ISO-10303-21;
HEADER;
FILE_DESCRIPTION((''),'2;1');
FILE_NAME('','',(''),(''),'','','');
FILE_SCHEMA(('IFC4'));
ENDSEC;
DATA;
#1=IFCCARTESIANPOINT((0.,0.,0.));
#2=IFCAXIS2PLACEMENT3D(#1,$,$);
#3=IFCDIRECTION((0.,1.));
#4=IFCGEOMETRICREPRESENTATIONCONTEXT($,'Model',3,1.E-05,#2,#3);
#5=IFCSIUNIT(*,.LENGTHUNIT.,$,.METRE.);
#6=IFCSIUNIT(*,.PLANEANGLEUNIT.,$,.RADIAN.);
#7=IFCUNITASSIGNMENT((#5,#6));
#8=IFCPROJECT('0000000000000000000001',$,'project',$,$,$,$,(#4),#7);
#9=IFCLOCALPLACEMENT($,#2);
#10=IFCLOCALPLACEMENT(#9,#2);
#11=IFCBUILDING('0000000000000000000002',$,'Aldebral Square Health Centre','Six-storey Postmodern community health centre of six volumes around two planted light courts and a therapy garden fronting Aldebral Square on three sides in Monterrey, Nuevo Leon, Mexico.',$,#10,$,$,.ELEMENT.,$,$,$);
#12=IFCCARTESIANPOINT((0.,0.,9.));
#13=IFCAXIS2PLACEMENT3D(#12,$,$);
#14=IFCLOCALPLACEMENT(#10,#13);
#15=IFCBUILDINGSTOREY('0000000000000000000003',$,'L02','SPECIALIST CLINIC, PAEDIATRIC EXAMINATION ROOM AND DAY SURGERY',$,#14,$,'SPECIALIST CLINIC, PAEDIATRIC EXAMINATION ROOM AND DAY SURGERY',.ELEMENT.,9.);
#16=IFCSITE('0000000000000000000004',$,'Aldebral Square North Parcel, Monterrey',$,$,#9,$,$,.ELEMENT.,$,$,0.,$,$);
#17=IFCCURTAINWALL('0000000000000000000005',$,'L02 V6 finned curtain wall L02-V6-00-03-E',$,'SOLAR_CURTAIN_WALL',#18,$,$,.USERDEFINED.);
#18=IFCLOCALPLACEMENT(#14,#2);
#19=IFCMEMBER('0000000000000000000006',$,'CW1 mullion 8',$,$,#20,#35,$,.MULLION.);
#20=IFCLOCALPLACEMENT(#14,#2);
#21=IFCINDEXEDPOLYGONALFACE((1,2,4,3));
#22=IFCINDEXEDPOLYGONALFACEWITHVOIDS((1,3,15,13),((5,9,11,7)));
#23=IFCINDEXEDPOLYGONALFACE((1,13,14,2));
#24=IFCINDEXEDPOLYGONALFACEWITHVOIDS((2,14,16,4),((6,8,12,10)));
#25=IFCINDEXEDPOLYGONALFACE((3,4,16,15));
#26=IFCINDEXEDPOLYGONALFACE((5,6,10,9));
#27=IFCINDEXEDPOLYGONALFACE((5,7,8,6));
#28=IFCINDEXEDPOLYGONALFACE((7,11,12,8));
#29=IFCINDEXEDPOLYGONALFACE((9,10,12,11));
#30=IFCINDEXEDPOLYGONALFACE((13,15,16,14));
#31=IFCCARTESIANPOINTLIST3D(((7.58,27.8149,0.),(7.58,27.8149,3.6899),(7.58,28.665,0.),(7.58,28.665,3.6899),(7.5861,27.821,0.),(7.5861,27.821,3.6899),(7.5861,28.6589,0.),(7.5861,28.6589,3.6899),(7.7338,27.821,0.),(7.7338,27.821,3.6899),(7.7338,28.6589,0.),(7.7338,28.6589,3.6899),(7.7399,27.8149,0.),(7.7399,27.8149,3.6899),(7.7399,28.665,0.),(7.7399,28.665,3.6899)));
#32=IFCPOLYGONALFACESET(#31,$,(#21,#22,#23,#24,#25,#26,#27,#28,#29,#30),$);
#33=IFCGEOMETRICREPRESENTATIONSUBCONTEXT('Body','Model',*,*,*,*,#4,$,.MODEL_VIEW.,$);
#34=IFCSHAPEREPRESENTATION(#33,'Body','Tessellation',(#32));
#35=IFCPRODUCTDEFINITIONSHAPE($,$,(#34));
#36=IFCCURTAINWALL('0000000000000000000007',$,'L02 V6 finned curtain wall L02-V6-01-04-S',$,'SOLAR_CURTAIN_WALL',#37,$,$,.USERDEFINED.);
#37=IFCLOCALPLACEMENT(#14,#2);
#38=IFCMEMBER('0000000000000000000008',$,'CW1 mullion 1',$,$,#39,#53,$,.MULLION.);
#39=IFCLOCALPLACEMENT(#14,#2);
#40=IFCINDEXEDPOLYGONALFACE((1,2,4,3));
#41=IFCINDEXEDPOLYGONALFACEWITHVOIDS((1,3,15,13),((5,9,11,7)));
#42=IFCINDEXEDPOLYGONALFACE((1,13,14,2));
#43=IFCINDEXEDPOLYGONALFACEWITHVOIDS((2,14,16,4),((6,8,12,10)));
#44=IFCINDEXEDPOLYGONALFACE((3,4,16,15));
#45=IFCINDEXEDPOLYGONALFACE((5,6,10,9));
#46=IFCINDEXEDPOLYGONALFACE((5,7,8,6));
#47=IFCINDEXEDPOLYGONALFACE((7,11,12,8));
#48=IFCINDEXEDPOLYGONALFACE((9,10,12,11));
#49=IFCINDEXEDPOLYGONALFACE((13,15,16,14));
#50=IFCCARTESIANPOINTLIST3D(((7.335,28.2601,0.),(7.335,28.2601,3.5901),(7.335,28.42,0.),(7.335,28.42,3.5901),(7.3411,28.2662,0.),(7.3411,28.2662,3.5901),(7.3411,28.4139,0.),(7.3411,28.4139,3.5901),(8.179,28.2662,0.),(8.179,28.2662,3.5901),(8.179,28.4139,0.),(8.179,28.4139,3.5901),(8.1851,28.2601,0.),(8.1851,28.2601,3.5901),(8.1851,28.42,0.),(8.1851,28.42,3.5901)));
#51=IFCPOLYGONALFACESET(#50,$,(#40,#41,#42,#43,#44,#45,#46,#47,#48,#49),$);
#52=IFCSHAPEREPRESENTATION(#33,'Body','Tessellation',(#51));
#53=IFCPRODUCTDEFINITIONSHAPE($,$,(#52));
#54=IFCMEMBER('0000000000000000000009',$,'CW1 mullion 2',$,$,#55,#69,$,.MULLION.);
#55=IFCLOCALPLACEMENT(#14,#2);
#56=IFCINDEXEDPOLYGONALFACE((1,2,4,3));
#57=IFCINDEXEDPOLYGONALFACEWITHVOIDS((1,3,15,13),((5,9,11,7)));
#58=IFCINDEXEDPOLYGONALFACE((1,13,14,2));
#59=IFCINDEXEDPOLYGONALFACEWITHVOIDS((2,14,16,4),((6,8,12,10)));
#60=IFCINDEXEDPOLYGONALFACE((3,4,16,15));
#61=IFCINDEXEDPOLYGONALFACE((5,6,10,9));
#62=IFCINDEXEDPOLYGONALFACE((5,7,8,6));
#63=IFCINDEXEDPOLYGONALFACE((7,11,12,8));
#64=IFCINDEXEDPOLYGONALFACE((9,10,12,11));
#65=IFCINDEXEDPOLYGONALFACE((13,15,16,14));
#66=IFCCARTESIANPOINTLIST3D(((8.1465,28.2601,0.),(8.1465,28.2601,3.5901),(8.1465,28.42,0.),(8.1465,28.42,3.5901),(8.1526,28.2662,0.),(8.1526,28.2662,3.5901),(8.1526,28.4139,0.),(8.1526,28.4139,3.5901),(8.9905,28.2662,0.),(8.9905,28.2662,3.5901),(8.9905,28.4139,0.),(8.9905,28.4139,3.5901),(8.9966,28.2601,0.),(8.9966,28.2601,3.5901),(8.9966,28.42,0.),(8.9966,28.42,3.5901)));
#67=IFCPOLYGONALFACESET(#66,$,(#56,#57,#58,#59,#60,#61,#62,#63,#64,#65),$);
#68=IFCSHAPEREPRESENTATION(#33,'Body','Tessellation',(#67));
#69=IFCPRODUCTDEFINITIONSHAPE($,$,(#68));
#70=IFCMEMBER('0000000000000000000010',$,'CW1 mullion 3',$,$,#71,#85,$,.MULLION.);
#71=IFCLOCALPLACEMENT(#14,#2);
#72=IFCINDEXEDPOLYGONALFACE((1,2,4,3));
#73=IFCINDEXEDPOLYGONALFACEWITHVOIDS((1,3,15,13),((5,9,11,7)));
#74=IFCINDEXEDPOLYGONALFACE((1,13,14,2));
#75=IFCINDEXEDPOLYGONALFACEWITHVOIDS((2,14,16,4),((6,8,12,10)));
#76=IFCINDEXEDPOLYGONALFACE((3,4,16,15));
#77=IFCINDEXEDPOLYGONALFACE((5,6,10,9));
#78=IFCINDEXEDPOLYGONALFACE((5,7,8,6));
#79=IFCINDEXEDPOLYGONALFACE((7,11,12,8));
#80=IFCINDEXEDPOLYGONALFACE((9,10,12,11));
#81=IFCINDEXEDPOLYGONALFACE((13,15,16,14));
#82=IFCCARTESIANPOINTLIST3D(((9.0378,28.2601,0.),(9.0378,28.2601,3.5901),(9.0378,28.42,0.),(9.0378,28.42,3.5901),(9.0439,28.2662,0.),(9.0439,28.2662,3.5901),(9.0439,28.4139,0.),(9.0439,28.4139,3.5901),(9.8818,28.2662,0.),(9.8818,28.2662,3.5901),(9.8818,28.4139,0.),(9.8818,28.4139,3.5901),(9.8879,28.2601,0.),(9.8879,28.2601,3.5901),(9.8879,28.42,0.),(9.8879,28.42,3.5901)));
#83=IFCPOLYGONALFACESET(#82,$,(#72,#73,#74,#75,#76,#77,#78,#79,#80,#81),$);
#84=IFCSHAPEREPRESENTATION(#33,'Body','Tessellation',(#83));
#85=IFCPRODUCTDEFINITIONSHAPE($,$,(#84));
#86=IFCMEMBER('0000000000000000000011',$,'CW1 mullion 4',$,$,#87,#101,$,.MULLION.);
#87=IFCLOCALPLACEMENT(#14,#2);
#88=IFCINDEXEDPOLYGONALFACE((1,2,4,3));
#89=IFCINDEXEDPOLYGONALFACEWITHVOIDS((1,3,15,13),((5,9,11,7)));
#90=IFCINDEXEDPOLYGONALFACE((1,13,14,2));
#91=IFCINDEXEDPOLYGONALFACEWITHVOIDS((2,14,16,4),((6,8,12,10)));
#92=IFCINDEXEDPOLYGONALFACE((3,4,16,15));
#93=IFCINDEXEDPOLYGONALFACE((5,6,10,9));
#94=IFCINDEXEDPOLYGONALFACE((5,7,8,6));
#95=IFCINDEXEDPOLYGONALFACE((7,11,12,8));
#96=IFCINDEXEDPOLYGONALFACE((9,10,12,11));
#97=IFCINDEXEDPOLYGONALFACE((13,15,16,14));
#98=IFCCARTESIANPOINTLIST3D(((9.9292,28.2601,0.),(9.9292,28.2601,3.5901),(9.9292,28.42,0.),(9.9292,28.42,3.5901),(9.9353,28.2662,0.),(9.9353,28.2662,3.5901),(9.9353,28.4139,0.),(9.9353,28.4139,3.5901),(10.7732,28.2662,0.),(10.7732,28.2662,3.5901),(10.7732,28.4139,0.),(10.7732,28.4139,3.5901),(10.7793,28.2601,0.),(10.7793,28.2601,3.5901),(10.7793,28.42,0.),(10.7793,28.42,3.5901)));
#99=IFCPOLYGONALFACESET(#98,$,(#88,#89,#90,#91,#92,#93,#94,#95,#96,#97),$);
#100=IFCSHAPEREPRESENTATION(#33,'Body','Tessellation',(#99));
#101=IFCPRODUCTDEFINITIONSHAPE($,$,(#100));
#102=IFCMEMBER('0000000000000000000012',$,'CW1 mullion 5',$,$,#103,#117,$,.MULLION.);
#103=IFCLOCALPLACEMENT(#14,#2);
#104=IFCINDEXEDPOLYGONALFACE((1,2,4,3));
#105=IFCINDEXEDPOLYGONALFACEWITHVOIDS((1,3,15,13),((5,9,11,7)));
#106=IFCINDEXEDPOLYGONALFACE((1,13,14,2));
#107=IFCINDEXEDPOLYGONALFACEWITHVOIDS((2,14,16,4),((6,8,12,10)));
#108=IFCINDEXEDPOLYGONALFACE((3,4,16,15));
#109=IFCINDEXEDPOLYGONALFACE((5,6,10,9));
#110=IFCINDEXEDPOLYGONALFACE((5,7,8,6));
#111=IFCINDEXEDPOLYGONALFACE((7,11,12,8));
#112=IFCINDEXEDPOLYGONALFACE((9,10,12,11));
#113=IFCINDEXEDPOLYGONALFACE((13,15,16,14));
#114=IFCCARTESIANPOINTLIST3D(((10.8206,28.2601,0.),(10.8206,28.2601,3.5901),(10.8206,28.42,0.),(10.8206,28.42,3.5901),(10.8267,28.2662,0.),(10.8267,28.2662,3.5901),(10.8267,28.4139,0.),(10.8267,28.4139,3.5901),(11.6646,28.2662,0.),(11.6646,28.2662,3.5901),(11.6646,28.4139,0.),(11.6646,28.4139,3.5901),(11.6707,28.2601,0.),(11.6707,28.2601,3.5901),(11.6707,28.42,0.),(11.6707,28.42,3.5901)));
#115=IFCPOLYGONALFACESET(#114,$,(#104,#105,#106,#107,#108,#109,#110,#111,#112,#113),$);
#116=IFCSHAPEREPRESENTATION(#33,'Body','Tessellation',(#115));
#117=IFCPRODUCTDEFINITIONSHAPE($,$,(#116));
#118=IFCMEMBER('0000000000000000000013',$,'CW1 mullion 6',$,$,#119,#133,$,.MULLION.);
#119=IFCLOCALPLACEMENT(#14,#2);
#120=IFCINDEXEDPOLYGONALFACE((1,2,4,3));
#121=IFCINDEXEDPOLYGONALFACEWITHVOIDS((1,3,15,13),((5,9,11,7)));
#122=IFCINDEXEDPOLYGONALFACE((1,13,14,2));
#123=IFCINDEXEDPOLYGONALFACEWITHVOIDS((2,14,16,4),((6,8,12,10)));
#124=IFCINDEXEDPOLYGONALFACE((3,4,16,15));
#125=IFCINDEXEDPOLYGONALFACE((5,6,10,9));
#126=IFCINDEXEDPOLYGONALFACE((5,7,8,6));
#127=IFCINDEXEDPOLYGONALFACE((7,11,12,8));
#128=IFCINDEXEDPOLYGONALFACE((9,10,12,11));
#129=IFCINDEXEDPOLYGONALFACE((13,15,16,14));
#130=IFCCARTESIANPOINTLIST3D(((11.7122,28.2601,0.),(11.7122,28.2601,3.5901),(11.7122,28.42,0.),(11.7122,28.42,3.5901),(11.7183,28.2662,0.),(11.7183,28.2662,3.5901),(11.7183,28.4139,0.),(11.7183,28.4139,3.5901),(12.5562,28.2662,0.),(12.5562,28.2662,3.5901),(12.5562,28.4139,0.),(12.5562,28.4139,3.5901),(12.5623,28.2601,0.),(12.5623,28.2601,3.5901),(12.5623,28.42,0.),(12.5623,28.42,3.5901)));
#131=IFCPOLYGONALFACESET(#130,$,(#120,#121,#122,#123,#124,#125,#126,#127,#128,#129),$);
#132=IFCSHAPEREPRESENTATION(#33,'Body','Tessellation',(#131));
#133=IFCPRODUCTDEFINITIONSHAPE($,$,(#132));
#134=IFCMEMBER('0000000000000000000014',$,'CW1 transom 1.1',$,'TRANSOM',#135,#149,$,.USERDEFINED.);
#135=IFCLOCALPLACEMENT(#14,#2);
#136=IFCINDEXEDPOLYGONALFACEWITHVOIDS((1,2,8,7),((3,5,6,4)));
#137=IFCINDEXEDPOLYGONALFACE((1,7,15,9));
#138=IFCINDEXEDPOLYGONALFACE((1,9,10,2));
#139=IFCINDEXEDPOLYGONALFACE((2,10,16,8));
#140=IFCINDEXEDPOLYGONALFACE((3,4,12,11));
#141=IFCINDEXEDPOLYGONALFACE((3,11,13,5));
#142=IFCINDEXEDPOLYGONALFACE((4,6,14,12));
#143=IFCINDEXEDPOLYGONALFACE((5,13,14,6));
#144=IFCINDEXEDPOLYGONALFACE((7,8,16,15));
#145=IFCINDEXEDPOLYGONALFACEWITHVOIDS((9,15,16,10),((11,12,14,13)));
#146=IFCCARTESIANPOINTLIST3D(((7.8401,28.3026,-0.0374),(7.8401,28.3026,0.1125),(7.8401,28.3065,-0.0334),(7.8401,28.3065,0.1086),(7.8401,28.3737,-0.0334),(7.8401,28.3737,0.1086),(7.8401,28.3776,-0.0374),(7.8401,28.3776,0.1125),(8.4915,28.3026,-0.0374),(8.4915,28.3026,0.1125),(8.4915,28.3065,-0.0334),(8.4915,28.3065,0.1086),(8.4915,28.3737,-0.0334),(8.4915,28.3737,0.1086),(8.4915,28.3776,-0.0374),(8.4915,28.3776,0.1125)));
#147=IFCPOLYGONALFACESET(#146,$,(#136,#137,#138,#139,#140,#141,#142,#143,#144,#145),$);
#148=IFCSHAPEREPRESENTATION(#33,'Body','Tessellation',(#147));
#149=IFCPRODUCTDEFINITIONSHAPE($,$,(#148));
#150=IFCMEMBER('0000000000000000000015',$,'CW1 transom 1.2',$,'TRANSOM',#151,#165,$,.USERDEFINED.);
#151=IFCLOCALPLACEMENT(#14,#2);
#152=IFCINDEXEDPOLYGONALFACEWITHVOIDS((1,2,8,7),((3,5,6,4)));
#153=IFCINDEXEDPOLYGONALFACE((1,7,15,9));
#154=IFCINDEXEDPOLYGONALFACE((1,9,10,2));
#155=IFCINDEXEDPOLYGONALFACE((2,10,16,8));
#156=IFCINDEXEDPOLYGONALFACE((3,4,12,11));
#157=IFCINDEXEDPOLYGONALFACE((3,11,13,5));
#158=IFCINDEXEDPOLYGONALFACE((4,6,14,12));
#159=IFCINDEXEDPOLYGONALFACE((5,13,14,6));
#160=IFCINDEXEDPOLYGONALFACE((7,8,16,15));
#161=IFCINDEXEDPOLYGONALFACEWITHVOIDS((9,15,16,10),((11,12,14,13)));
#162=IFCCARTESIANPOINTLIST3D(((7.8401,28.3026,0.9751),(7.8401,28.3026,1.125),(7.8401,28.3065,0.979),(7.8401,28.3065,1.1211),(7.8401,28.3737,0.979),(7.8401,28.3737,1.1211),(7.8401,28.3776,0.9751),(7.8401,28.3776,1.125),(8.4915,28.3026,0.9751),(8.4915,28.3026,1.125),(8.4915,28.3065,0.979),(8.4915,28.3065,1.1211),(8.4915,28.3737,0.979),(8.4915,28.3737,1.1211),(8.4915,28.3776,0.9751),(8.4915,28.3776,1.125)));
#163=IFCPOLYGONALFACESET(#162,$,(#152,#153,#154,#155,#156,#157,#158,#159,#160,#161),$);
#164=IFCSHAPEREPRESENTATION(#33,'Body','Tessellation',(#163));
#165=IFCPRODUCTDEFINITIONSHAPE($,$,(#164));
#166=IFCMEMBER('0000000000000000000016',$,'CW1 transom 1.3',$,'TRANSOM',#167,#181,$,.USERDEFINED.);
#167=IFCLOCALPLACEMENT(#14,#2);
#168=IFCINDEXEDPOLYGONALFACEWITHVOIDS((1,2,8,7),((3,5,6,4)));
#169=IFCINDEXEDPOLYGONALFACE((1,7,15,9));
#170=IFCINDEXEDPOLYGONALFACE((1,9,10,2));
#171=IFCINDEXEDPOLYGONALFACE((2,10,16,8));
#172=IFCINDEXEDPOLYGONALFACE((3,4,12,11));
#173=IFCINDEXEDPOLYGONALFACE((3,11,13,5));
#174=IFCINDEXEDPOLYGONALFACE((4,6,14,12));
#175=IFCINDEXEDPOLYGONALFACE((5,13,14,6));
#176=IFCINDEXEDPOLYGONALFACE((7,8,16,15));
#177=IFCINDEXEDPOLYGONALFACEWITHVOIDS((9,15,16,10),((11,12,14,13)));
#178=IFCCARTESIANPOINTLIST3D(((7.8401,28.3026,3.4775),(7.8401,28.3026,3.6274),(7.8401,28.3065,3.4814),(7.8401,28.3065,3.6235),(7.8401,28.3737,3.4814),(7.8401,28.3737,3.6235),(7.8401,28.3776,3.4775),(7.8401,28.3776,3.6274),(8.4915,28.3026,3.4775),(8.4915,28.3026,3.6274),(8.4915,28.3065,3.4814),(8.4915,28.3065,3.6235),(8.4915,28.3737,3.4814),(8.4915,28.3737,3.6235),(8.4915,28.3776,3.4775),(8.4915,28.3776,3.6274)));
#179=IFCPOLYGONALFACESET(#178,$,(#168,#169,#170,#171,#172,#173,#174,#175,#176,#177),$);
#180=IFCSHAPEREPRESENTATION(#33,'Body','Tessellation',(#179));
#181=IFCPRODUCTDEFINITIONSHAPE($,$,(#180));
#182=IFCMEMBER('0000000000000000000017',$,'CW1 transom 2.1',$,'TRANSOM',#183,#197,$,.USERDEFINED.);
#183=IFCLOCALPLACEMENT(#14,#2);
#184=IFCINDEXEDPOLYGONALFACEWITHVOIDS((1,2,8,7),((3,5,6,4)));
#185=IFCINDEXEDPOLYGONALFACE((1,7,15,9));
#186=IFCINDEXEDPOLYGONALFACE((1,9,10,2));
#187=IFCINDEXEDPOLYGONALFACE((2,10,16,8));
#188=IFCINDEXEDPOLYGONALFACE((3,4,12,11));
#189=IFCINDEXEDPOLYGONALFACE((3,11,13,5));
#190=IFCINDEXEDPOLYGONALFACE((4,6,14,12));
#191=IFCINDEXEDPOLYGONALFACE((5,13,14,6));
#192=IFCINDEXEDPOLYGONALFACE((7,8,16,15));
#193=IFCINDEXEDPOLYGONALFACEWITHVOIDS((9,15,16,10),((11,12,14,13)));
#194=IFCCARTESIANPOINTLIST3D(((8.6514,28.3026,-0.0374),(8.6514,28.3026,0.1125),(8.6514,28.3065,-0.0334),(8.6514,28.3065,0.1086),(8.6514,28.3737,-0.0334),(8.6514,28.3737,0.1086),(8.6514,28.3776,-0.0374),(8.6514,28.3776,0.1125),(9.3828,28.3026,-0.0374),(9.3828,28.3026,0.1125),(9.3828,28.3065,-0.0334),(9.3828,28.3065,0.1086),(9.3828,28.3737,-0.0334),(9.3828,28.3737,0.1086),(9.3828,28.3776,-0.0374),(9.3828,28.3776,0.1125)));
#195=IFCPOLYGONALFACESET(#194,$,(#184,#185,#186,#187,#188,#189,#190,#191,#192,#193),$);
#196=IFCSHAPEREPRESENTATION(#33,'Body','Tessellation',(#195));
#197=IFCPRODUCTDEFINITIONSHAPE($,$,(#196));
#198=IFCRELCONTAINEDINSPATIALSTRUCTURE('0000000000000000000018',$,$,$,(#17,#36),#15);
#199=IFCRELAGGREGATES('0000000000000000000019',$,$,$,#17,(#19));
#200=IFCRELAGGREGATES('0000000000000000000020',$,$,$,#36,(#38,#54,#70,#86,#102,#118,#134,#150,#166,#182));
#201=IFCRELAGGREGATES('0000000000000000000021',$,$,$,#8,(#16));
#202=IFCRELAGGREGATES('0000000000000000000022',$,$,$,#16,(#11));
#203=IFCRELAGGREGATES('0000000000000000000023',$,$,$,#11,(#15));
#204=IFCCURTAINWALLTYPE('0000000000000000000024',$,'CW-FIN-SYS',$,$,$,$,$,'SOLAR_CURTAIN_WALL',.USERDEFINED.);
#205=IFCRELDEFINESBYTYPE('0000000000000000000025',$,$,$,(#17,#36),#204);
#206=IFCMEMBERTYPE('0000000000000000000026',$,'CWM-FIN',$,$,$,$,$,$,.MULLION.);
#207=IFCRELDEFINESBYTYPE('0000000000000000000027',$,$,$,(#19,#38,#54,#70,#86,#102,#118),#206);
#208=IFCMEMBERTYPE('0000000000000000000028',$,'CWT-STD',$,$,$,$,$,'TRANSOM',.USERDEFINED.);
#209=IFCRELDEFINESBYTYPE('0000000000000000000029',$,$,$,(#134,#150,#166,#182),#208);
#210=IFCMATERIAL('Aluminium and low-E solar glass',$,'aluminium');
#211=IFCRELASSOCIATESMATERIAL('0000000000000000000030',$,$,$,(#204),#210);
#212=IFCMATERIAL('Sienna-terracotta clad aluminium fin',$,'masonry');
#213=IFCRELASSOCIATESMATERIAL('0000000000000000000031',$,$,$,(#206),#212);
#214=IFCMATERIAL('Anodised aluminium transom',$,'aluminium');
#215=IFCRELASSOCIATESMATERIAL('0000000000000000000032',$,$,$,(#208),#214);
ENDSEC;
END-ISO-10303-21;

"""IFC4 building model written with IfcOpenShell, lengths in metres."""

from ifc_helpers import new_model, si_unit, direction, frame, origin, origin_2d, place, context, subcontext, project, spatial, hollow_rectangle, extrude, material, material_profile, profile_set, type_object, element, aggregate, save


model = new_model("IFC4")

# Units and contexts
model_context = context("Model", 3, precision=1e-05, world=origin(), true_north=direction((0.0, 1.0)))
body_context = subcontext(model_context, "Body", "Model", "MODEL_VIEW")
ifc_project = project(units=[si_unit("LENGTHUNIT", "METRE"), si_unit("PLANEANGLEUNIT", "RADIAN")], contexts=[model_context])

# Site, building, storey
site_placement = place(None, origin())
site = spatial("IfcSite", under=ifc_project, at=site_placement, Name="Aldebral Square North Parcel, Monterrey", CompositionType="ELEMENT", RefElevation=0.0)
building_placement = place(site_placement, origin())
building = spatial("IfcBuilding", under=site, at=building_placement, Name="Aldebral Square Health Centre", Description="Six-storey Postmodern community health centre of six volumes around two planted light courts and a therapy garden fronting Aldebral Square on three sides in Monterrey, Nuevo Leon, Mexico.", CompositionType="ELEMENT")
storey_placement = place(building_placement, frame((0.0, 0.0, 9.0)))
storey = spatial("IfcBuildingStorey", under=building, at=storey_placement, Name="L02", Description="SPECIALIST CLINIC, PAEDIATRIC EXAMINATION ROOM AND DAY SURGERY", LongName="SPECIALIST CLINIC, PAEDIATRIC EXAMINATION ROOM AND DAY SURGERY", CompositionType="ELEMENT", Elevation=9.0)

# Curtain wall, member
ifc_material_1 = material(Name="Aluminium and low-E solar glass", Category="aluminium")
curtain_wall_type = type_object("IfcCurtainWallType", Name="CW-FIN-SYS", ElementType="SOLAR_CURTAIN_WALL", PredefinedType="USERDEFINED", material=ifc_material_1)
curtain_wall_1_placement = place(storey_placement, origin())
curtain_wall_1 = element("IfcCurtainWall", 1, at=curtain_wall_1_placement, inside=storey, type_object=curtain_wall_type, Name="L02 V6 finned curtain wall L02-V6-00-03-E", ObjectType="SOLAR_CURTAIN_WALL", PredefinedType="USERDEFINED")
ifc_material_2 = material(Name="Sienna-terracotta clad aluminium fin", Category="masonry")
ifc_material_profile_1 = material_profile(ifc_material_2, hollow_rectangle(XDim=0.1599, YDim=0.8501, WallThickness=0.0061, at=origin_2d()), Name="FIN 160x850x6")
ifc_profile_set_1 = profile_set([ifc_material_profile_1], Name="Sienna-terracotta clad aluminium fin")
member_type_1 = type_object("IfcMemberType", Name="CWM-FIN", PredefinedType="MULLION", material=ifc_profile_set_1)
member_1_placement = place(storey_placement, frame((7.6599, 28.24, 0.0), z_axis=(0.0, 0.0, 1.0), x_axis=(-1.0, 0.0, 0.0)))
member_1 = element("IfcMember", 2, at=member_1_placement, type_object=member_type_1, Name="CW1 mullion 8", PredefinedType="MULLION", context=body_context, shape_type="SweptSolid", body=[
    extrude(hollow_rectangle(XDim=0.1599, YDim=0.8501, WallThickness=0.0061, at=origin_2d()), origin(), (0.0, 0.0, 1.0), 3.6899),
])
aggregate(curtain_wall_1, [member_1])

# Curtain wall, members
curtain_wall_2_placement = place(storey_placement, origin())
curtain_wall_2 = element("IfcCurtainWall", 3, at=curtain_wall_2_placement, inside=storey, type_object=curtain_wall_type, Name="L02 V6 finned curtain wall L02-V6-01-04-S", ObjectType="SOLAR_CURTAIN_WALL", PredefinedType="USERDEFINED")
member_2_placement = place(storey_placement, frame((7.76, 28.3401, 0.0), z_axis=(0.0, 0.0, 1.0), x_axis=(0.0, 1.0, 0.0)))
member_2 = element("IfcMember", 4, at=member_2_placement, type_object=member_type_1, Name="CW1 mullion 1", PredefinedType="MULLION", context=body_context, shape_type="SweptSolid", body=[
    extrude(hollow_rectangle(XDim=0.1599, YDim=0.8501, WallThickness=0.0061, at=origin_2d()), origin(), (0.0, 0.0, 1.0), 3.5901),
])
member_3_placement = place(storey_placement, frame((8.5715, 28.3401, 0.0), z_axis=(0.0, 0.0, 1.0), x_axis=(0.0, 1.0, 0.0)))
member_3 = element("IfcMember", 5, at=member_3_placement, type_object=member_type_1, Name="CW1 mullion 2", PredefinedType="MULLION", context=body_context, shape_type="SweptSolid", body=[
    extrude(hollow_rectangle(XDim=0.1599, YDim=0.8501, WallThickness=0.0061, at=origin_2d()), origin(), (0.0, 0.0, 1.0), 3.5901),
])
member_4_placement = place(storey_placement, frame((9.4629, 28.3401, 0.0), z_axis=(0.0, 0.0, 1.0), x_axis=(0.0, 1.0, 0.0)))
member_4 = element("IfcMember", 6, at=member_4_placement, type_object=member_type_1, Name="CW1 mullion 3", PredefinedType="MULLION", context=body_context, shape_type="SweptSolid", body=[
    extrude(hollow_rectangle(XDim=0.1599, YDim=0.8501, WallThickness=0.0061, at=origin_2d()), origin(), (0.0, 0.0, 1.0), 3.5901),
])
member_5_placement = place(storey_placement, frame((10.3542, 28.3401, 0.0), z_axis=(0.0, 0.0, 1.0), x_axis=(0.0, 1.0, 0.0)))
member_5 = element("IfcMember", 7, at=member_5_placement, type_object=member_type_1, Name="CW1 mullion 4", PredefinedType="MULLION", context=body_context, shape_type="SweptSolid", body=[
    extrude(hollow_rectangle(XDim=0.1599, YDim=0.8501, WallThickness=0.0061, at=origin_2d()), origin(), (0.0, 0.0, 1.0), 3.5901),
])
member_6_placement = place(storey_placement, frame((11.2456, 28.3401, 0.0), z_axis=(0.0, 0.0, 1.0), x_axis=(0.0, 1.0, 0.0)))
member_6 = element("IfcMember", 8, at=member_6_placement, type_object=member_type_1, Name="CW1 mullion 5", PredefinedType="MULLION", context=body_context, shape_type="SweptSolid", body=[
    extrude(hollow_rectangle(XDim=0.1599, YDim=0.8501, WallThickness=0.0061, at=origin_2d()), origin(), (0.0, 0.0, 1.0), 3.5901),
])
member_7_placement = place(storey_placement, frame((12.1372, 28.3401, 0.0), z_axis=(0.0, 0.0, 1.0), x_axis=(0.0, 1.0, 0.0)))
member_7 = element("IfcMember", 9, at=member_7_placement, type_object=member_type_1, Name="CW1 mullion 6", PredefinedType="MULLION", context=body_context, shape_type="SweptSolid", body=[
    extrude(hollow_rectangle(XDim=0.1599, YDim=0.8501, WallThickness=0.0061, at=origin_2d()), origin(), (0.0, 0.0, 1.0), 3.5901),
])
ifc_material_3 = material(Name="Anodised aluminium transom", Category="aluminium")
ifc_material_profile_2 = material_profile(ifc_material_3, hollow_rectangle(XDim=0.075, YDim=0.1499, WallThickness=0.0039, at=origin_2d()), Name="CWT 75x150x4")
ifc_profile_set_2 = profile_set([ifc_material_profile_2], Name="Anodised aluminium transom")
member_type_2 = type_object("IfcMemberType", Name="CWT-STD", ElementType="TRANSOM", PredefinedType="USERDEFINED", material=ifc_profile_set_2)
member_8_placement = place(storey_placement, frame((7.8401, 28.3401, 0.0376), z_axis=(1.0, 0.0, 0.0), x_axis=(0.0, 1.0, 0.0)))
member_8 = element("IfcMember", 10, at=member_8_placement, type_object=member_type_2, Name="CW1 transom 1.1", ObjectType="TRANSOM", PredefinedType="USERDEFINED", context=body_context, shape_type="SweptSolid", body=[
    extrude(hollow_rectangle(XDim=0.075, YDim=0.1499, WallThickness=0.0039, at=origin_2d()), origin(), (0.0, 0.0, 1.0), 0.6514),
])
member_9_placement = place(storey_placement, frame((7.8401, 28.3401, 1.05), z_axis=(1.0, 0.0, 0.0), x_axis=(0.0, 1.0, 0.0)))
member_9 = element("IfcMember", 11, at=member_9_placement, type_object=member_type_2, Name="CW1 transom 1.2", ObjectType="TRANSOM", PredefinedType="USERDEFINED", context=body_context, shape_type="SweptSolid", body=[
    extrude(hollow_rectangle(XDim=0.075, YDim=0.1499, WallThickness=0.0039, at=origin_2d()), origin(), (0.0, 0.0, 1.0), 0.6514),
])
member_10_placement = place(storey_placement, frame((7.8401, 28.3401, 3.5525), z_axis=(1.0, 0.0, 0.0), x_axis=(0.0, 1.0, 0.0)))
member_10 = element("IfcMember", 12, at=member_10_placement, type_object=member_type_2, Name="CW1 transom 1.3", ObjectType="TRANSOM", PredefinedType="USERDEFINED", context=body_context, shape_type="SweptSolid", body=[
    extrude(hollow_rectangle(XDim=0.075, YDim=0.1499, WallThickness=0.0039, at=origin_2d()), origin(), (0.0, 0.0, 1.0), 0.6514),
])
member_11_placement = place(storey_placement, frame((8.6514, 28.3401, 0.0376), z_axis=(1.0, 0.0, 0.0), x_axis=(0.0, 1.0, 0.0)))
member_11 = element("IfcMember", 13, at=member_11_placement, type_object=member_type_2, Name="CW1 transom 2.1", ObjectType="TRANSOM", PredefinedType="USERDEFINED", context=body_context, shape_type="SweptSolid", body=[
    extrude(hollow_rectangle(XDim=0.075, YDim=0.1499, WallThickness=0.0039, at=origin_2d()), origin(), (0.0, 0.0, 1.0), 0.7314),
])
aggregate(curtain_wall_2, [member_2, member_3, member_4, member_5, member_6, member_7, member_8, member_9, member_10, member_11])

save(model, "model.ifc")
